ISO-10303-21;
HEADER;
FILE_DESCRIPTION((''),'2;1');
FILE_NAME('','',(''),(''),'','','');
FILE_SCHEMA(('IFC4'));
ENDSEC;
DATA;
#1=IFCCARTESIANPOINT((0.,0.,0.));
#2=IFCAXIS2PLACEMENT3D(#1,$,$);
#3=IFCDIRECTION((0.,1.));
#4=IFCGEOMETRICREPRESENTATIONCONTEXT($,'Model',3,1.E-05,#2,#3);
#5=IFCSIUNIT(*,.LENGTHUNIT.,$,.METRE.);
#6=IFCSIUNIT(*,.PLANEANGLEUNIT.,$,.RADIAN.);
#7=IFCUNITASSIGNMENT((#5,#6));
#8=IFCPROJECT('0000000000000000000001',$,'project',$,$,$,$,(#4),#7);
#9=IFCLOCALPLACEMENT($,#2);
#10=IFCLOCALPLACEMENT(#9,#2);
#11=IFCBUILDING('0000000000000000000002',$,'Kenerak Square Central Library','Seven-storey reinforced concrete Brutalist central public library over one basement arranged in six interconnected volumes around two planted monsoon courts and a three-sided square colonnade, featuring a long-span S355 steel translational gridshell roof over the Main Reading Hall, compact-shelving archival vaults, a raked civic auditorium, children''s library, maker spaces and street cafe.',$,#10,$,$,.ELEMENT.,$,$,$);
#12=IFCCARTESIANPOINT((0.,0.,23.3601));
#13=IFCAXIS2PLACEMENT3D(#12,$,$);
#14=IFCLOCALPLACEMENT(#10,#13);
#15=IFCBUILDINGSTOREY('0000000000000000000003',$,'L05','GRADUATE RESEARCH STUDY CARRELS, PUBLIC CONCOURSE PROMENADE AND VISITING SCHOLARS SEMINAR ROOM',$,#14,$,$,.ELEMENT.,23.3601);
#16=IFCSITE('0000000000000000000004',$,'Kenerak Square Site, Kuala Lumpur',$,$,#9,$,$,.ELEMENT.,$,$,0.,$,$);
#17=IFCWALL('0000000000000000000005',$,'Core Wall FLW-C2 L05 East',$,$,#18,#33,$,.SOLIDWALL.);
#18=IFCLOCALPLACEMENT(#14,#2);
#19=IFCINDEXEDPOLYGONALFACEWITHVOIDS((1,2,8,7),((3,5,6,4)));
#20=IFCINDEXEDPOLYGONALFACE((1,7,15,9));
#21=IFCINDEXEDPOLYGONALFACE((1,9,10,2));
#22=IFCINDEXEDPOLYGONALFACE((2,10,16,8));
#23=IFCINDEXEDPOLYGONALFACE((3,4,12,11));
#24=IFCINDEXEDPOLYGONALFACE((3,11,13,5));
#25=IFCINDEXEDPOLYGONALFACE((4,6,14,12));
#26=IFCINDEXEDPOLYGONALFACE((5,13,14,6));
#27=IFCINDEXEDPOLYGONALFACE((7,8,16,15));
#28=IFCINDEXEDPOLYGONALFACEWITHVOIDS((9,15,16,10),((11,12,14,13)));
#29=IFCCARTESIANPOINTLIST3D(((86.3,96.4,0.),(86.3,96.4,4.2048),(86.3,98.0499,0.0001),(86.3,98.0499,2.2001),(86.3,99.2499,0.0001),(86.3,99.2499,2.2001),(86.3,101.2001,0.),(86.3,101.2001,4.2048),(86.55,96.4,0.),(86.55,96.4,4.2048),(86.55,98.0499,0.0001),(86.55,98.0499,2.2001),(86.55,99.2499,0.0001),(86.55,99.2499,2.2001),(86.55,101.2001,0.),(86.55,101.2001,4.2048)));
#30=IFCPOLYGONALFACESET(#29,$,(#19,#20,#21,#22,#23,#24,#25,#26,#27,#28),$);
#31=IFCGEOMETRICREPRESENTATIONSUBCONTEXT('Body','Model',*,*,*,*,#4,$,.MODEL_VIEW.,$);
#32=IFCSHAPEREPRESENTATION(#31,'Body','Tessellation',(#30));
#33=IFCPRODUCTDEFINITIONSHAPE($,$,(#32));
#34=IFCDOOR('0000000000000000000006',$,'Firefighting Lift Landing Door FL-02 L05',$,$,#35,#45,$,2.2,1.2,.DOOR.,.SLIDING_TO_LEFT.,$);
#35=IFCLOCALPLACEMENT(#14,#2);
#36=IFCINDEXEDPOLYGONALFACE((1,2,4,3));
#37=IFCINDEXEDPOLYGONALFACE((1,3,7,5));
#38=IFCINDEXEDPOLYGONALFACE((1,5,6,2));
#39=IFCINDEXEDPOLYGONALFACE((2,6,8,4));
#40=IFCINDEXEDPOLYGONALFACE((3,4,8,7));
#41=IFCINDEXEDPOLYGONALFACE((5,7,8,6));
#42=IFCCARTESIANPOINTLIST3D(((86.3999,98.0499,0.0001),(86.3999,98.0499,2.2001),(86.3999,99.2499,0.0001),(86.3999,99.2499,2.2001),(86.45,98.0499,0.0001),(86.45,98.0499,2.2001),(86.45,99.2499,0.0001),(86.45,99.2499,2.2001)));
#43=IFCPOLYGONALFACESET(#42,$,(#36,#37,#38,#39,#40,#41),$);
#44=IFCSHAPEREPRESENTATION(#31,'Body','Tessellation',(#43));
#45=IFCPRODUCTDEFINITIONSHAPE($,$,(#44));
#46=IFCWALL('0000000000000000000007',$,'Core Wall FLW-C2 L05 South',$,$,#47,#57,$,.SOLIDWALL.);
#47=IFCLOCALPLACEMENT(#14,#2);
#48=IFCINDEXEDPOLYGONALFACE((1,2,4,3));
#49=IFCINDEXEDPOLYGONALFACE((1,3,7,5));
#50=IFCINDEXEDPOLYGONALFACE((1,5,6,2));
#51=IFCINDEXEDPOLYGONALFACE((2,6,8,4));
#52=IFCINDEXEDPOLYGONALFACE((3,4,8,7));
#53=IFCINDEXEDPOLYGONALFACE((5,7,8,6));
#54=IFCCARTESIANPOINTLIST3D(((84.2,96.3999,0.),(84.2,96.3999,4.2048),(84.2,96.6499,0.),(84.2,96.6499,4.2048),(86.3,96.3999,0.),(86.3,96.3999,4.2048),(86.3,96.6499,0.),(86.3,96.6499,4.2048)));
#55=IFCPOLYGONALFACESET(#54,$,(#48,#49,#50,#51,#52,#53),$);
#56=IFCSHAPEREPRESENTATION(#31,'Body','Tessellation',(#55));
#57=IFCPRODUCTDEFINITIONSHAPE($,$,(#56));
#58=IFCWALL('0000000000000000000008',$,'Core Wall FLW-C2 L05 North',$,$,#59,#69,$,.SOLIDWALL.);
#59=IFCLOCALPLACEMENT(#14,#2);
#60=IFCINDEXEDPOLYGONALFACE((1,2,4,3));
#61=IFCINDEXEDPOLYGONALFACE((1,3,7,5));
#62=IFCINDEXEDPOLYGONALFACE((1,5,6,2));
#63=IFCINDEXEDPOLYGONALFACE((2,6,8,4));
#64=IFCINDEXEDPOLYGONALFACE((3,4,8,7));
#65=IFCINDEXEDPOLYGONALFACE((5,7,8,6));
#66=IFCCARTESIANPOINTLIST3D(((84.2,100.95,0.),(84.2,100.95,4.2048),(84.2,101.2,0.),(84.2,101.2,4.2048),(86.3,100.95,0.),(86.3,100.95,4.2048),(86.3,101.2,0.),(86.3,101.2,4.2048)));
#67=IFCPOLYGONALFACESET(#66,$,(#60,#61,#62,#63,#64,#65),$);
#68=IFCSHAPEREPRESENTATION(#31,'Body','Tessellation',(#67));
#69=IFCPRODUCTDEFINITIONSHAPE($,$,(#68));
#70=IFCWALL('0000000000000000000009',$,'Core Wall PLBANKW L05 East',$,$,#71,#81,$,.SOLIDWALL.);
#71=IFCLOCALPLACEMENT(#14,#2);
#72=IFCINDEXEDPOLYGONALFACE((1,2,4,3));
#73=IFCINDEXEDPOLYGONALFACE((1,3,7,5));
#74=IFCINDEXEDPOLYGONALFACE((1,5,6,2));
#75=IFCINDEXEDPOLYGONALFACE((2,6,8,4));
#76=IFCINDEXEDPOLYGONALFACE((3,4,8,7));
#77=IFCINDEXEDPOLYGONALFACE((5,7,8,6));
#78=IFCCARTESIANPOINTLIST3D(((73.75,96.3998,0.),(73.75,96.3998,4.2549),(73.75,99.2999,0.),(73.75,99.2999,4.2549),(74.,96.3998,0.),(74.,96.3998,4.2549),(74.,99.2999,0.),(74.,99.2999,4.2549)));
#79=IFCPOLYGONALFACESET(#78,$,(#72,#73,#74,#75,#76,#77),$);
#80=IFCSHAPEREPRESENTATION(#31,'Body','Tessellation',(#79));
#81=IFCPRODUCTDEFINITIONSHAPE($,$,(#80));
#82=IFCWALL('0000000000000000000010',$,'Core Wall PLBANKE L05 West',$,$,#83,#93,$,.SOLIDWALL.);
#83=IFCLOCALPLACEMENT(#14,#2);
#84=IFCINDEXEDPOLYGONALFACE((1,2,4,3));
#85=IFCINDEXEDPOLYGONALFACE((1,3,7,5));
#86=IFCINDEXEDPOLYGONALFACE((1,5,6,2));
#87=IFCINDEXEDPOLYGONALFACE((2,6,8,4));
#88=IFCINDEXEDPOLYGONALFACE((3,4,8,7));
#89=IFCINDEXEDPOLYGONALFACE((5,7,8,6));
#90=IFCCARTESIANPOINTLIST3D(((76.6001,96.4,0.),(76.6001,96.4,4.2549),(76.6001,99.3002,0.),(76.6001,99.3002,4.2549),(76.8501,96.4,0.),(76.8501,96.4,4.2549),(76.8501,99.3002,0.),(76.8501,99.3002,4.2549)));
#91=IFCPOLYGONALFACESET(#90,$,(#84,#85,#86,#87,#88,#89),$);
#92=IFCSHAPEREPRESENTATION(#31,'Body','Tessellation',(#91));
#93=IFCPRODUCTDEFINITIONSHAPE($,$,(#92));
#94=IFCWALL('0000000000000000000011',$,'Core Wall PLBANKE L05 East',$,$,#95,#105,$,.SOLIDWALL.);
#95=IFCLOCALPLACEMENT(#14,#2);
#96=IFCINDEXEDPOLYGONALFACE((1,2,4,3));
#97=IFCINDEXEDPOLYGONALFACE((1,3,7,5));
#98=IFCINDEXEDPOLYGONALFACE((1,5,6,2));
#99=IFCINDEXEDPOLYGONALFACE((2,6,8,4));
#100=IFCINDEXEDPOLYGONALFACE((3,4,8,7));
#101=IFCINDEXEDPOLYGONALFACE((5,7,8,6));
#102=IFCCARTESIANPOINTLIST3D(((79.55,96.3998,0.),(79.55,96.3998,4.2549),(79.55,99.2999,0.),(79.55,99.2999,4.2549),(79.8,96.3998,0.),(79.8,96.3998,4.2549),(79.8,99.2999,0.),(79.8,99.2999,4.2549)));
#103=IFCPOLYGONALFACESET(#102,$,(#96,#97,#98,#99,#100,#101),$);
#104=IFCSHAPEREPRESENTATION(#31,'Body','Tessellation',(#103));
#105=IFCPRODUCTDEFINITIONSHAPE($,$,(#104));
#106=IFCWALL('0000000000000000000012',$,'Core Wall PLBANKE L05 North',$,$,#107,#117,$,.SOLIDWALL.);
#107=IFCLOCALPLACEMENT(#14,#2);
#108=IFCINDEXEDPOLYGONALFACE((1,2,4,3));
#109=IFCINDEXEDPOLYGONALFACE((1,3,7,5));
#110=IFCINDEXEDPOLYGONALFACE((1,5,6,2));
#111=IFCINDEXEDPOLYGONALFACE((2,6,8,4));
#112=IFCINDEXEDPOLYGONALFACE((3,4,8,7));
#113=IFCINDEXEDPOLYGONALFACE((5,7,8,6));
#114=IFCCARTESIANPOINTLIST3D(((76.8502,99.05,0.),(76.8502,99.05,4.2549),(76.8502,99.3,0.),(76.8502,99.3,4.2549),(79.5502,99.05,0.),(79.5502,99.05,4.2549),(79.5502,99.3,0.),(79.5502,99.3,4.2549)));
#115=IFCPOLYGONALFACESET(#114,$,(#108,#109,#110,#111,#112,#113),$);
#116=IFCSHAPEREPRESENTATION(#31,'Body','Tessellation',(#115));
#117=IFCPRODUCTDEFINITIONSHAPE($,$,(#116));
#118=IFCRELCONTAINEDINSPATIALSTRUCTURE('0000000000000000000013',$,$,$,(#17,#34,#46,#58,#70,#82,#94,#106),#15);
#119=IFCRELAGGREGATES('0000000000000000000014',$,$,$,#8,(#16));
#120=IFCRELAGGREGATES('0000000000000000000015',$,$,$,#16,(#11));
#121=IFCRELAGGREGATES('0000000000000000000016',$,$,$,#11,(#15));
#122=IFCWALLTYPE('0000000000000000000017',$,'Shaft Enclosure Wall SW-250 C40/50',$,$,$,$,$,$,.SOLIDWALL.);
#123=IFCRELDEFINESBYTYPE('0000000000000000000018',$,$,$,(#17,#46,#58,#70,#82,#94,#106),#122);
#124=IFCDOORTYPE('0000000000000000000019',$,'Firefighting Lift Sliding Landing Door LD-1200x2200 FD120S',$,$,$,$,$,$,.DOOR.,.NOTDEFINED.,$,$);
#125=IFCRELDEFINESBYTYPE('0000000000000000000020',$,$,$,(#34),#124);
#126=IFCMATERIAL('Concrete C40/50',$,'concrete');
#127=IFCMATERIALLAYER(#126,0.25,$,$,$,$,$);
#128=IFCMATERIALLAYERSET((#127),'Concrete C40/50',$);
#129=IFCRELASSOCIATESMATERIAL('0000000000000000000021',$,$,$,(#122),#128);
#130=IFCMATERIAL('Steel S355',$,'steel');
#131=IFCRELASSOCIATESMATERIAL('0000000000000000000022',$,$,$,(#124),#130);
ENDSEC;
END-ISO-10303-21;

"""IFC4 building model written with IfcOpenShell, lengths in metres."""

from ifc_helpers import new_model, si_unit, direction, frame, frame_2d, origin, place, context, subcontext, project, spatial, rectangle, extrude, material, layer, layer_set, type_object, element, fill, save


model = new_model("IFC4")

# Units and contexts
model_context = context("Model", 3, precision=1e-05, world=origin(), true_north=direction((0.0, 1.0)))
body_context = subcontext(model_context, "Body", "Model", "MODEL_VIEW")
ifc_project = project(units=[si_unit("LENGTHUNIT", "METRE"), si_unit("PLANEANGLEUNIT", "RADIAN")], contexts=[model_context])

# Site, building, storey
site_placement = place(None, origin())
site = spatial("IfcSite", under=ifc_project, at=site_placement, Name="Kenerak Square Site, Kuala Lumpur", CompositionType="ELEMENT", RefElevation=0.0)
building_placement = place(site_placement, origin())
building = spatial("IfcBuilding", under=site, at=building_placement, Name="Kenerak Square Central Library", Description="Seven-storey reinforced concrete Brutalist central public library over one basement arranged in six interconnected volumes around two planted monsoon courts and a three-sided square colonnade, featuring a long-span S355 steel translational gridshell roof over the Main Reading Hall, compact-shelving archival vaults, a raked civic auditorium, children's library, maker spaces and street cafe.", CompositionType="ELEMENT")
storey_placement = place(building_placement, frame((0.0, 0.0, 23.3601)))
storey = spatial("IfcBuildingStorey", under=building, at=storey_placement, Name="L05", Description="GRADUATE RESEARCH STUDY CARRELS, PUBLIC CONCOURSE PROMENADE AND VISITING SCHOLARS SEMINAR ROOM", CompositionType="ELEMENT", Elevation=23.3601)

# Shared definitions
ifc_material_1 = material(Name="Concrete C40/50", Category="concrete")

# Shared definitions
ifc_material_2 = material(Name="Steel S355", Category="steel")

# Shared definitions
ifc_layer_1 = layer(ifc_material_1, 0.25)
ifc_layer_set_1 = layer_set([ifc_layer_1], Name="Concrete C40/50")
wall_type_1 = type_object("IfcWallType", Name="Shaft Enclosure Wall SW-250 C40/50", PredefinedType="SOLIDWALL", material=ifc_layer_set_1)

# Wall, opening, door
wall_1_placement = place(storey_placement, frame((86.425, 101.2, 0.0), z_axis=(0.0, 0.0, 1.0), x_axis=(0.0, -1.0, 0.0)))
wall_1 = element("IfcWall", 1, at=wall_1_placement, inside=storey, type_object=wall_type_1, Name="Core Wall FLW-C2 L05 East", PredefinedType="SOLIDWALL", context=body_context, shape_type="SweptSolid", body=[
    extrude(rectangle(XDim=4.8, YDim=0.25, at=frame_2d((2.3999, 0.0))), origin(), (0.0, 0.0, 1.0), 4.2048),
])
opening_1_placement = place(wall_1_placement, frame((1.95, 0.0, 0.0)))
opening_1 = element("IfcOpeningElement", 2, at=opening_1_placement, cuts=wall_1, PredefinedType="OPENING", context=body_context, shape_type="SweptSolid", body=[
    extrude(rectangle(XDim=1.2, YDim=2.2, at=frame_2d((0.6001, 1.1001))), frame((0.0, 0.135, 0.0), z_axis=(0.0, -1.0, 0.0), x_axis=(1.0, 0.0, 0.0)), (0.0, 0.0, 1.0), 0.27),
])
door_type_1 = type_object("IfcDoorType", Name="Firefighting Lift Sliding Landing Door LD-1200x2200 FD120S", OperationType="NOTDEFINED", PredefinedType="DOOR", material=ifc_material_2)
door_1_placement = place(opening_1_placement, origin())
door_1 = element("IfcDoor", 3, at=door_1_placement, inside=storey, type_object=door_type_1, Name="Firefighting Lift Landing Door FL-02 L05", OperationType="SLIDING_TO_LEFT", OverallHeight=2.2, OverallWidth=1.2, PredefinedType="DOOR", context=body_context, shape_type="SweptSolid", body=[
    extrude(rectangle(XDim=1.2, YDim=2.2, at=frame_2d((0.6001, 1.1001))), frame((0.0, 0.0249, 0.0), z_axis=(0.0, -1.0, 0.0), x_axis=(1.0, 0.0, 0.0)), (0.0, 0.0, 1.0), 0.05),
])
fill(opening_1, door_1)

# Walls
for number, where, z_axis, x_axis, name in (
    (4, (86.3, 96.5249, 0.0), (0.0, 0.0, 1.0), (-1.0, 0.0, 0.0), "Core Wall FLW-C2 L05 South"),
    (5, (84.2, 101.075, 0.0), (0.0, 0.0, 1.0), (1.0, 0.0, 0.0), "Core Wall FLW-C2 L05 North"),
):
    element("IfcWall", number, at=place(storey_placement, frame(where, z_axis=z_axis, x_axis=x_axis)), inside=storey, type_object=wall_type_1, Name=name, PredefinedType="SOLIDWALL", context=body_context, shape_type="SweptSolid", body=[
        extrude(rectangle(XDim=2.1001, YDim=0.25, at=frame_2d((1.05, 0.0))), origin(), (0.0, 0.0, 1.0), 4.2048),
    ])
wall_2_placement = place(storey_placement, frame((73.875, 99.3, 0.0), z_axis=(0.0, 0.0, 1.0), x_axis=(0.0, -1.0, 0.0)))
element("IfcWall", 6, at=wall_2_placement, inside=storey, type_object=wall_type_1, Name="Core Wall PLBANKW L05 East", PredefinedType="SOLIDWALL", context=body_context, shape_type="SweptSolid", body=[
    extrude(rectangle(XDim=2.9001, YDim=0.25, at=frame_2d((1.4502, 0.0))), origin(), (0.0, 0.0, 1.0), 4.2549),
])

# Walls
for number, where, z_axis, x_axis, name in (
    (7, (76.7251, 96.3999, 0.0), (0.0, 0.0, 1.0), (0.0, 1.0, 0.0), "Core Wall PLBANKE L05 West"),
    (8, (79.675, 99.3, 0.0), (0.0, 0.0, 1.0), (0.0, -1.0, 0.0), "Core Wall PLBANKE L05 East"),
):
    element("IfcWall", number, at=place(storey_placement, frame(where, z_axis=z_axis, x_axis=x_axis)), inside=storey, type_object=wall_type_1, Name=name, PredefinedType="SOLIDWALL", context=body_context, shape_type="SweptSolid", body=[
        extrude(rectangle(XDim=2.9001, YDim=0.25, at=frame_2d((1.4502, 0.0))), origin(), (0.0, 0.0, 1.0), 4.2549),
    ])

# Wall
wall_3_placement = place(storey_placement, frame((76.8501, 99.175, 0.0), z_axis=(0.0, 0.0, 1.0), x_axis=(1.0, 0.0, 0.0)))
element("IfcWall", 9, at=wall_3_placement, inside=storey, type_object=wall_type_1, Name="Core Wall PLBANKE L05 North", PredefinedType="SOLIDWALL", context=body_context, shape_type="SweptSolid", body=[
    extrude(rectangle(XDim=2.7, YDim=0.25, at=frame_2d((1.3501, 0.0))), origin(), (0.0, 0.0, 1.0), 4.2549),
])

save(model, "model.ifc")
